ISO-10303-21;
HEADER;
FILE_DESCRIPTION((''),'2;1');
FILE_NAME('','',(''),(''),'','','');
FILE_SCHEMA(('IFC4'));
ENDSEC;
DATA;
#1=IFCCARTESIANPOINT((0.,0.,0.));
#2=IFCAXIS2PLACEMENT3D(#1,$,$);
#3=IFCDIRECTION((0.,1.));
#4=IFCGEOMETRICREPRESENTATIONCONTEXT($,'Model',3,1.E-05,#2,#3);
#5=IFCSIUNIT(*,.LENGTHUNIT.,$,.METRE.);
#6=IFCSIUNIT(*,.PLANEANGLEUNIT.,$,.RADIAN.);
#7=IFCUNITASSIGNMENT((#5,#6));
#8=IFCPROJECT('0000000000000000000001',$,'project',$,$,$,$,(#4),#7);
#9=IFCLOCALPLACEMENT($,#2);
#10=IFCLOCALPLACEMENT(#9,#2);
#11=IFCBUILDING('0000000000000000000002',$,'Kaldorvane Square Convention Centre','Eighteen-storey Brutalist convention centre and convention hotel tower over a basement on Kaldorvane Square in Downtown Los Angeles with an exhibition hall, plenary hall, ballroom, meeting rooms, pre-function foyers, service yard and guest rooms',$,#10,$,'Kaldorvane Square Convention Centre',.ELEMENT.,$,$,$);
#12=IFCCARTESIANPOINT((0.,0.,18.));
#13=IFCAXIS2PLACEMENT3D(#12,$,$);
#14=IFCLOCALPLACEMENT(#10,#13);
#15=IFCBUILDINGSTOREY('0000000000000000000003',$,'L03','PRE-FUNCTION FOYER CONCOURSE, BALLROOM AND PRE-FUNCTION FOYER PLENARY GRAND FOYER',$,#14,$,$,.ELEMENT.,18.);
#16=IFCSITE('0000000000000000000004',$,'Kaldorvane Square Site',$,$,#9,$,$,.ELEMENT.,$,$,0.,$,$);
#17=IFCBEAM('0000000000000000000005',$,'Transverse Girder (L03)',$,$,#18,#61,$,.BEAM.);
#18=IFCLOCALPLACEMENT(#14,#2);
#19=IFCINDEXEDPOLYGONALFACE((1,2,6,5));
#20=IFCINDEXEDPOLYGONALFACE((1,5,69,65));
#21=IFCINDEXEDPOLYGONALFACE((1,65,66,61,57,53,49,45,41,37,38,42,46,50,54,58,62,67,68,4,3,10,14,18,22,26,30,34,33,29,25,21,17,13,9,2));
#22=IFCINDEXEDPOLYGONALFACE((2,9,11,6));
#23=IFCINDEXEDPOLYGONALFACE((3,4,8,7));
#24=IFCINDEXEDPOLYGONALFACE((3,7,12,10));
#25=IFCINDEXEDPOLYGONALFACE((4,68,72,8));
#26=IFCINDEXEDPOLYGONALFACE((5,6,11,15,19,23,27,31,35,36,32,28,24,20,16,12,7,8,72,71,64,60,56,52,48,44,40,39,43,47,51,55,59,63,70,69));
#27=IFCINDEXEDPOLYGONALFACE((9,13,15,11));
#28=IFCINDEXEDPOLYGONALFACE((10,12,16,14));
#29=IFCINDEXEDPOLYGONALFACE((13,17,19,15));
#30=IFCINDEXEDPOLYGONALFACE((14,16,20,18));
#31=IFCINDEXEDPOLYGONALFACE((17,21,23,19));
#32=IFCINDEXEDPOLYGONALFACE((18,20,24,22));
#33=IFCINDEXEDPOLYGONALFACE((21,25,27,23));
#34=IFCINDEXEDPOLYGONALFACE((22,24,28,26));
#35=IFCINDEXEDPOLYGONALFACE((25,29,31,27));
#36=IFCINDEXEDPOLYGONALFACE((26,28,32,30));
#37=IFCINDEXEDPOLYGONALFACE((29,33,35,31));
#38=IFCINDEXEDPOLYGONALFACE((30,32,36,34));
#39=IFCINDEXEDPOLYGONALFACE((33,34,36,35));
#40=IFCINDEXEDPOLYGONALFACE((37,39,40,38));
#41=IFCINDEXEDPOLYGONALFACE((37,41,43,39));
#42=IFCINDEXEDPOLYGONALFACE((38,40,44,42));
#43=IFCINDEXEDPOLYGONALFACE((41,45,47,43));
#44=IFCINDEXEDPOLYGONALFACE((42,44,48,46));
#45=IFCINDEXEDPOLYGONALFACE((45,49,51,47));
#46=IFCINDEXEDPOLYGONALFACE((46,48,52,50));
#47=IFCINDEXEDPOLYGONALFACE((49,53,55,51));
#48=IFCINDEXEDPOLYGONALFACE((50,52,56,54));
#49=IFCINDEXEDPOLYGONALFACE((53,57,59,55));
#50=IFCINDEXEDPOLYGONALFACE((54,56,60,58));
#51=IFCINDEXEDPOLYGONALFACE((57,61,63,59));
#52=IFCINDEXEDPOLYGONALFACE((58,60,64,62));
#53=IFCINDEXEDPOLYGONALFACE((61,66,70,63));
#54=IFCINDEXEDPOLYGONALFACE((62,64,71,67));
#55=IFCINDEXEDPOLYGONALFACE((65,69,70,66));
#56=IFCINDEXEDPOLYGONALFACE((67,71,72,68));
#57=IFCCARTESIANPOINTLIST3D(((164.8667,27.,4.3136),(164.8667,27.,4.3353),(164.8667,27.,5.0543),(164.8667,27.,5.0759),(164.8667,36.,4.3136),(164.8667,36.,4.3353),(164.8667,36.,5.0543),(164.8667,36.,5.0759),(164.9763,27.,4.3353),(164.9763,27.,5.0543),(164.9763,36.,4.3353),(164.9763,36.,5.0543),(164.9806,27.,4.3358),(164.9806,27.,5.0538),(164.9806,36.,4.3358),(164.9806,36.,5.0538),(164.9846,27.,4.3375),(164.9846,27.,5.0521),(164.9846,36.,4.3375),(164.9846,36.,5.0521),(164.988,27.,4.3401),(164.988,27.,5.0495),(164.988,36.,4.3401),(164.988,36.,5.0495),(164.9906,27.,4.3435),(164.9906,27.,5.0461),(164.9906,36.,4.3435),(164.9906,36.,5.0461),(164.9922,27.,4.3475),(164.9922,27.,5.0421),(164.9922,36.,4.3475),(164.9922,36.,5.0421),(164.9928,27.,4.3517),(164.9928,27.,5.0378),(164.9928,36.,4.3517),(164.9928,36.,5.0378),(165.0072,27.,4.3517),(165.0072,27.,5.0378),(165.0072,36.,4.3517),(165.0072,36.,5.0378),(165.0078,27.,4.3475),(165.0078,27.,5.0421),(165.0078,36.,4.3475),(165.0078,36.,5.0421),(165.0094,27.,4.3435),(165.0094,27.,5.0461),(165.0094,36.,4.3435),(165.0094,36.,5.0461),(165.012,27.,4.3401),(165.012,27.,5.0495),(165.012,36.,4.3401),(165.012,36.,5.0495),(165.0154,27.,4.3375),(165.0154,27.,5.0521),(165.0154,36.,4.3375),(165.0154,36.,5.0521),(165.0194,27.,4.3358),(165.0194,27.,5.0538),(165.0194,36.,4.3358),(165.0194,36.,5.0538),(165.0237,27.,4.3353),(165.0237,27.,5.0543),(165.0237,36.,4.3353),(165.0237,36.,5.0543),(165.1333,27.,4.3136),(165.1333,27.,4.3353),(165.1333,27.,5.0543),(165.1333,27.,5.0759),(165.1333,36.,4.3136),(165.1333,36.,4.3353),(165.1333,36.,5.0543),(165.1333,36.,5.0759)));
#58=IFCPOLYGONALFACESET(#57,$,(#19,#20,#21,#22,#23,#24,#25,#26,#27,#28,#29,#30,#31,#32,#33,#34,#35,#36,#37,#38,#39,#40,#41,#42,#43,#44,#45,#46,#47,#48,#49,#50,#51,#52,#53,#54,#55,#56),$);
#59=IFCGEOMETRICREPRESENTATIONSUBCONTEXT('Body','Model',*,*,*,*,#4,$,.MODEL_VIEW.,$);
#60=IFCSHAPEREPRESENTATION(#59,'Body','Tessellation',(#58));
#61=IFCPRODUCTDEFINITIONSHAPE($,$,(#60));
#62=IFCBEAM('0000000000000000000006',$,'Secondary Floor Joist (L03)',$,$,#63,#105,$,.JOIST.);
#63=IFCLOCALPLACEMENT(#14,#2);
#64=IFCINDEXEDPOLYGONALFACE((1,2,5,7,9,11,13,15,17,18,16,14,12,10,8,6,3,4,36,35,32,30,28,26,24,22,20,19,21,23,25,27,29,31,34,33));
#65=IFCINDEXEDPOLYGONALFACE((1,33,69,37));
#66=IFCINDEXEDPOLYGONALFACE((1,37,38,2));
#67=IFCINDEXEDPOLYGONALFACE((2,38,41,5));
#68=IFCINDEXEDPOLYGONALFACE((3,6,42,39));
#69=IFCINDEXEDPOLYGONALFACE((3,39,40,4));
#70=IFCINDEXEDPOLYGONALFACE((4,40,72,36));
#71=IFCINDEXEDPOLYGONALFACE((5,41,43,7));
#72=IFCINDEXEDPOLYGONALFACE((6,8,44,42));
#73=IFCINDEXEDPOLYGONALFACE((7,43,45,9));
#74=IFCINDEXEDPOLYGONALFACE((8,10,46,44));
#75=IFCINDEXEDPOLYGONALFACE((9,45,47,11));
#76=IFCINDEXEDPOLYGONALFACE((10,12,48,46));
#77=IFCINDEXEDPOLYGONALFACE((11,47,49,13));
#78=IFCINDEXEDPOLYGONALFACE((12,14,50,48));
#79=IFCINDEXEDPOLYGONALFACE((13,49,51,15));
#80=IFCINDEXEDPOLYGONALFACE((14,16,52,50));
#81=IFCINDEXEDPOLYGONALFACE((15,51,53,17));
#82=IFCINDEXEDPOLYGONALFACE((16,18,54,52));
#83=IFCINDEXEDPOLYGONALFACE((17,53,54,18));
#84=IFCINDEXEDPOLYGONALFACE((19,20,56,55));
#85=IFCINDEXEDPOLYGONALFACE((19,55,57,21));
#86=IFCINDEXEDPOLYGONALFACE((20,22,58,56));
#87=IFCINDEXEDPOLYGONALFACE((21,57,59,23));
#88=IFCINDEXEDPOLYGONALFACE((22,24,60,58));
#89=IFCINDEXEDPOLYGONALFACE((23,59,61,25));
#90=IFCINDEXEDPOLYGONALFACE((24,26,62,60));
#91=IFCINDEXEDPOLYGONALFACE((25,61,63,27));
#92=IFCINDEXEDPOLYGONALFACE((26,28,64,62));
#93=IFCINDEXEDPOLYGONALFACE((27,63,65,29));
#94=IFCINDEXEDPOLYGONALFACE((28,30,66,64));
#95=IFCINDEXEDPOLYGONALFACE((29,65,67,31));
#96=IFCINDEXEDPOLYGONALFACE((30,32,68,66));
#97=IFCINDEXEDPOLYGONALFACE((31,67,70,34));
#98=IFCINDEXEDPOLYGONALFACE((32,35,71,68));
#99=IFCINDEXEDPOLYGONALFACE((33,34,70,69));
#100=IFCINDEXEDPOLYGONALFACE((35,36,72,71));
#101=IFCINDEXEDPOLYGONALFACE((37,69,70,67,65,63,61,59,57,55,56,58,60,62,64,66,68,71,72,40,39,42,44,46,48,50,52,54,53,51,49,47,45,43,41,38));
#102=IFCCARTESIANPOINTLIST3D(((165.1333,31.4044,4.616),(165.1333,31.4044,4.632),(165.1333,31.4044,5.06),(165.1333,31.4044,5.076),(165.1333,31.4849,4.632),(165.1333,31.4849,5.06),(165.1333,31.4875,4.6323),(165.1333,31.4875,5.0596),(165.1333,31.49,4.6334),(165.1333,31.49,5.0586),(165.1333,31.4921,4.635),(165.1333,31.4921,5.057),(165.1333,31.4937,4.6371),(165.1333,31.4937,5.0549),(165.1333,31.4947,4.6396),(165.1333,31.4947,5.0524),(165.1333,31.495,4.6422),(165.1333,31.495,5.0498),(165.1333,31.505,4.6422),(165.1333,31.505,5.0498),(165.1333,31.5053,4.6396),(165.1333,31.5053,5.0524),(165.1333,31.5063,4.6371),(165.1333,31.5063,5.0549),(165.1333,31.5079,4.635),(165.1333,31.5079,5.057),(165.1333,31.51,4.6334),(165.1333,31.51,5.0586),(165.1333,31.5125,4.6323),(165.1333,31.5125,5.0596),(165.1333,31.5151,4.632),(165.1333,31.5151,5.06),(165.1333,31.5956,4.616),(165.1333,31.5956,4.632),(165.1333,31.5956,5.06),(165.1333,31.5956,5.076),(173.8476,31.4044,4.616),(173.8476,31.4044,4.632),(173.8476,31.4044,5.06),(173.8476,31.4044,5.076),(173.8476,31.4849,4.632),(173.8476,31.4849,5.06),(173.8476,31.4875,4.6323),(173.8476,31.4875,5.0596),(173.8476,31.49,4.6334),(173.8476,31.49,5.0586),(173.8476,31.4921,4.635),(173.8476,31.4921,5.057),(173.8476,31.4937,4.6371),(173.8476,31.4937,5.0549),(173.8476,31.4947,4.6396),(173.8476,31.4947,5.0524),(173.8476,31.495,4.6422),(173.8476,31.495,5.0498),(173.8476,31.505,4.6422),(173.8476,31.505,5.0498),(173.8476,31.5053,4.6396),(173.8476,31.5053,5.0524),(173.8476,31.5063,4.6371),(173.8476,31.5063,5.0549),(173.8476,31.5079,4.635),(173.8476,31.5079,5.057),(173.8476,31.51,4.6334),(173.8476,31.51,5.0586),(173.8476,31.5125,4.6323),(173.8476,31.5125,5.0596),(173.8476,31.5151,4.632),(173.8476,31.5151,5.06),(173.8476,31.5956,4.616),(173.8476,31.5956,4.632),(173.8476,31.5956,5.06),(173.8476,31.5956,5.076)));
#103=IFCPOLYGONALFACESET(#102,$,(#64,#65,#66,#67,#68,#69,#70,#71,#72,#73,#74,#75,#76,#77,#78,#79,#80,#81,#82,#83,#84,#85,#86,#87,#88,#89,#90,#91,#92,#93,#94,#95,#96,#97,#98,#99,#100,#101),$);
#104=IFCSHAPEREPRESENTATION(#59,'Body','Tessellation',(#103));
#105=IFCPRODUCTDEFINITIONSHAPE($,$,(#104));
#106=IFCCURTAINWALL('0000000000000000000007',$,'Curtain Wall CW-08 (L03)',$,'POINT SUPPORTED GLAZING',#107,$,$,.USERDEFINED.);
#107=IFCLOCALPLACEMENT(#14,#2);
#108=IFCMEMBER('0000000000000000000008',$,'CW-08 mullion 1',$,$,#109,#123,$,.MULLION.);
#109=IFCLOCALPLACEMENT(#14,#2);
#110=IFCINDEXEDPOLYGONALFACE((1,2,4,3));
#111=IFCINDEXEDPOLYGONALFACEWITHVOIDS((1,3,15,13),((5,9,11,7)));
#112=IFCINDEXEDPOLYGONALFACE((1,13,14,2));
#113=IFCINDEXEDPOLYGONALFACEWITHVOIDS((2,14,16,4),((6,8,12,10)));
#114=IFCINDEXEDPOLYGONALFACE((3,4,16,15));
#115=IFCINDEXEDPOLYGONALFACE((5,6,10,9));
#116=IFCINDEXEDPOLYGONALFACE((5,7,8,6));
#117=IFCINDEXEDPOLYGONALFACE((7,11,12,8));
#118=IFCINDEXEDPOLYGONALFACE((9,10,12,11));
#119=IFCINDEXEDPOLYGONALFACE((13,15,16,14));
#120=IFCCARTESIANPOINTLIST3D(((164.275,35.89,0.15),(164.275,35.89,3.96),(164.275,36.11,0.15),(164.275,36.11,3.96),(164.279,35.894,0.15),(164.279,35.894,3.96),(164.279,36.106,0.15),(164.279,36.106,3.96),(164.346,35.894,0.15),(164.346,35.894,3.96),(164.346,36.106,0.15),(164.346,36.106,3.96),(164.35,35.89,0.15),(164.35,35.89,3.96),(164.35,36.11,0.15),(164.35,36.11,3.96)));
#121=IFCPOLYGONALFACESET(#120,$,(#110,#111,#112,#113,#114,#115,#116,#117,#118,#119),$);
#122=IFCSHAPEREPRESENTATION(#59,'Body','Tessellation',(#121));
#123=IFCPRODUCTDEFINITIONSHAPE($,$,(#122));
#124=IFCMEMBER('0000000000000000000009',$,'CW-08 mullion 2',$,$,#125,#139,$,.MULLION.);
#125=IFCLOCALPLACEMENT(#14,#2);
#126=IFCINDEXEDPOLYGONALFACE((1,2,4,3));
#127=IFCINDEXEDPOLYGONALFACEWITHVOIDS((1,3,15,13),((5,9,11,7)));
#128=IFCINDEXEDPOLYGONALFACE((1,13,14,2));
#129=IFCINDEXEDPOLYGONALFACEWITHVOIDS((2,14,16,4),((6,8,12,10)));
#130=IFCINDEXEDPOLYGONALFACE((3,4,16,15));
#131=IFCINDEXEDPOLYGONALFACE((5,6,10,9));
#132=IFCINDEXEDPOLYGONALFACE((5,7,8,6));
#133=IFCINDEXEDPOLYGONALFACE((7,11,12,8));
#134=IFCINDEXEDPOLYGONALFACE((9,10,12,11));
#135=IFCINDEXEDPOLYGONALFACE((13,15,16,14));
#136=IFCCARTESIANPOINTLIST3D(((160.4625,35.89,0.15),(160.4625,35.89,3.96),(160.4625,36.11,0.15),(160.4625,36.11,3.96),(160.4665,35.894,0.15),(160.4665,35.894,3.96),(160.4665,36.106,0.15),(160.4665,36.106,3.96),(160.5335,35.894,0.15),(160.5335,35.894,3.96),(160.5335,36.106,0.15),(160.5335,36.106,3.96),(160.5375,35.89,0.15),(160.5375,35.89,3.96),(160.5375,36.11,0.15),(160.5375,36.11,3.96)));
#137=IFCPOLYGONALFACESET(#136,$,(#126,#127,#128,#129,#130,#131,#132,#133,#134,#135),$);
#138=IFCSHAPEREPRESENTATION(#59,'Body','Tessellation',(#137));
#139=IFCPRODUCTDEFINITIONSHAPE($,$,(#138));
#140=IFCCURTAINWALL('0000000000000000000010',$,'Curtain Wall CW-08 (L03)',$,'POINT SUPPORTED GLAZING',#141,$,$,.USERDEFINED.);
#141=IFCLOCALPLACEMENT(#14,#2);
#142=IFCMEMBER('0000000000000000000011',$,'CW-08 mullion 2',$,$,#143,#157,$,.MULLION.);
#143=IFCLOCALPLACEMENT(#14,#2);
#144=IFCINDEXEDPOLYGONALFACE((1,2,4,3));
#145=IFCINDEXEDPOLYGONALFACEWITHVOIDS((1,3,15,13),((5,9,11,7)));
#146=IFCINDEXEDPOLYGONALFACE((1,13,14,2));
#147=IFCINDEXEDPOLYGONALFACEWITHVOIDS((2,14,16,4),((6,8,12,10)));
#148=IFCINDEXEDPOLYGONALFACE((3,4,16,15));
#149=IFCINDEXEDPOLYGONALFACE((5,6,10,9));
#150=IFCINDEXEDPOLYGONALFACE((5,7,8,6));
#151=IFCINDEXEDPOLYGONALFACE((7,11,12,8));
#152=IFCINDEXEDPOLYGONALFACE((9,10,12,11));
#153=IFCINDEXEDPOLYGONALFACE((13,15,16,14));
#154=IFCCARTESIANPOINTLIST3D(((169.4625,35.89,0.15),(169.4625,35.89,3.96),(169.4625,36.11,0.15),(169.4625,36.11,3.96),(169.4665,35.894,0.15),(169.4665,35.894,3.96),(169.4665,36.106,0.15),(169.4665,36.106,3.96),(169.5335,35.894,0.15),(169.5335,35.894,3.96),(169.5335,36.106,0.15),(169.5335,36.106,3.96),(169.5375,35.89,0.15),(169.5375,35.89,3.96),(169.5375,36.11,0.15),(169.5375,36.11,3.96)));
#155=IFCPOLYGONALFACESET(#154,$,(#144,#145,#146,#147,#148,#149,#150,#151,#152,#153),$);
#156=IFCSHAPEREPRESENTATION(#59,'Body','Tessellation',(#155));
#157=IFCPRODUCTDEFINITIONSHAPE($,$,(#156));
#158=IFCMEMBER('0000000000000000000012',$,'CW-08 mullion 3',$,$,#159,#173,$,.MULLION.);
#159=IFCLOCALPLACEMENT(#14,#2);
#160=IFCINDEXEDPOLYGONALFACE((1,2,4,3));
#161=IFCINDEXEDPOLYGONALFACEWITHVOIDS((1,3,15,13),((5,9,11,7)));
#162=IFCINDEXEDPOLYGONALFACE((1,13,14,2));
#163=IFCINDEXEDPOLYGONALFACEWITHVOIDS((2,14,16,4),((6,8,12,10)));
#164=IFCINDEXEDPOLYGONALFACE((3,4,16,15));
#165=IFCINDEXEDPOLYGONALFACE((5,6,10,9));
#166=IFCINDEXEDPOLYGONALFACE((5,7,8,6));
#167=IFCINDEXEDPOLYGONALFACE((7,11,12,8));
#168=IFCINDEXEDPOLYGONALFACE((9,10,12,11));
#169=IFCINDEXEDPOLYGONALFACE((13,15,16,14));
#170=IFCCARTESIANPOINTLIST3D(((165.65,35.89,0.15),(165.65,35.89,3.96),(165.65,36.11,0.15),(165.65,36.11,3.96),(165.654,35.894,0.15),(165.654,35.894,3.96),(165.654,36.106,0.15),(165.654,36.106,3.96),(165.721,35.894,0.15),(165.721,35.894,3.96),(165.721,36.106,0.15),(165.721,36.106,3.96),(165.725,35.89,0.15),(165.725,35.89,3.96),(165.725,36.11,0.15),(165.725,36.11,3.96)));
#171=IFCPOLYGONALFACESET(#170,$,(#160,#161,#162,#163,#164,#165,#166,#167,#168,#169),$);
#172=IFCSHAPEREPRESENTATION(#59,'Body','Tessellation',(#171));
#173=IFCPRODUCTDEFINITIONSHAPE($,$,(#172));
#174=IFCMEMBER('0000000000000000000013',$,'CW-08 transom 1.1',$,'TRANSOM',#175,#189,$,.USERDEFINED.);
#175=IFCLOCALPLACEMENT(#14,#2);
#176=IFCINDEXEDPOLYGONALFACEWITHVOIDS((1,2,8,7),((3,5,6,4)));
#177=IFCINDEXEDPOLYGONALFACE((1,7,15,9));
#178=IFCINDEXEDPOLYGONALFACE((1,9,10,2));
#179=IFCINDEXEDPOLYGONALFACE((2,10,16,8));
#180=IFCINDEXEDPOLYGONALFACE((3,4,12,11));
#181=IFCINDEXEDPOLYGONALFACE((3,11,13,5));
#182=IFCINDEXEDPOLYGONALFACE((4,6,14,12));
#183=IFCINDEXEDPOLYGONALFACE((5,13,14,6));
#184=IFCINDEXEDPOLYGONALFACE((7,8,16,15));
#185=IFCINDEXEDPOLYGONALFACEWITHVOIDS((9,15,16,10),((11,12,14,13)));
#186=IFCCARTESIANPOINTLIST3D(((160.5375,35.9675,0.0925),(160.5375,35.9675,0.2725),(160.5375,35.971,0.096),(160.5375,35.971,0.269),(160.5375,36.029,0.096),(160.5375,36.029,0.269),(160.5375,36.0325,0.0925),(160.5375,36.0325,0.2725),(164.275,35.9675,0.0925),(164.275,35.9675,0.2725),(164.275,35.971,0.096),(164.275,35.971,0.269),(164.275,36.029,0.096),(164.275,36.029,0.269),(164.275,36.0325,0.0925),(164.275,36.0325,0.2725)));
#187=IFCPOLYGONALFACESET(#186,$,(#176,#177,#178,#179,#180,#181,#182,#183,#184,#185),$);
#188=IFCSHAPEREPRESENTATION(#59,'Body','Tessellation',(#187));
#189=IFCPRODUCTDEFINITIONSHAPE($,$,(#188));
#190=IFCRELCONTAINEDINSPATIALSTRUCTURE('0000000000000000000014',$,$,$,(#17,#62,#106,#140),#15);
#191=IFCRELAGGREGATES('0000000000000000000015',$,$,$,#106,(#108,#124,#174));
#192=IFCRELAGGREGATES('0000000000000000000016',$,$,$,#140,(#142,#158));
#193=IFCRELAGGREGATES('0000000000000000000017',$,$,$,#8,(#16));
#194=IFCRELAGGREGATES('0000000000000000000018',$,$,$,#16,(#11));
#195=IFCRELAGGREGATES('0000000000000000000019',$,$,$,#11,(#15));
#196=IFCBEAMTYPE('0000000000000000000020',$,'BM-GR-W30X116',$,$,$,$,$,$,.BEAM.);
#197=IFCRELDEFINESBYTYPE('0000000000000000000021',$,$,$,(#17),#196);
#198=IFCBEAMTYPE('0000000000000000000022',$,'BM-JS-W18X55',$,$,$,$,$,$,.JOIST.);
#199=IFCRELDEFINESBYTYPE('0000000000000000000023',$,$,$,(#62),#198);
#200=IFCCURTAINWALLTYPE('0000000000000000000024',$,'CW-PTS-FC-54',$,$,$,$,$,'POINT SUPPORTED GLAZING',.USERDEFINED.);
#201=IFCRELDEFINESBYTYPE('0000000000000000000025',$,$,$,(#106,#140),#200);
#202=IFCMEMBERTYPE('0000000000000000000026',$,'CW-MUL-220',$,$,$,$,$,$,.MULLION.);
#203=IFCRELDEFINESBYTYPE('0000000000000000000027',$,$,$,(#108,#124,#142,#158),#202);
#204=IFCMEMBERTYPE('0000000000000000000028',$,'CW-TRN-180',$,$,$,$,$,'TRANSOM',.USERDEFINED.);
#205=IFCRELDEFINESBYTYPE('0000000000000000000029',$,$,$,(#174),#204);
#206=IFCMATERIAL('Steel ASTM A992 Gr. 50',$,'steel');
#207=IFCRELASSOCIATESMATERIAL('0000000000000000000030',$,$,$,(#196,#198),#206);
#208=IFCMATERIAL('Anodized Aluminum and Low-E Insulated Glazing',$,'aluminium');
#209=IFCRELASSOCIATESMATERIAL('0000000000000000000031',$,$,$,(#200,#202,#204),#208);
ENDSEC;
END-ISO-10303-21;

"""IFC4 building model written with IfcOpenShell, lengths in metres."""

from ifc_helpers import new_model, si_unit, direction, frame, origin, origin_2d, place, context, subcontext, project, spatial, hollow_rectangle, i_section, extrude, material, material_profile, profile_set, type_object, element, aggregate, save


model = new_model("IFC4")

# Units and contexts
model_context = context("Model", 3, precision=1e-05, world=origin(), true_north=direction((0.0, 1.0)))
body_context = subcontext(model_context, "Body", "Model", "MODEL_VIEW")
ifc_project = project(units=[si_unit("LENGTHUNIT", "METRE"), si_unit("PLANEANGLEUNIT", "RADIAN")], contexts=[model_context])

# Site, building, storey
site_placement = place(None, origin())
site = spatial("IfcSite", under=ifc_project, at=site_placement, Name="Kaldorvane Square Site", CompositionType="ELEMENT", RefElevation=0.0)
building_placement = place(site_placement, origin())
building = spatial("IfcBuilding", under=site, at=building_placement, Name="Kaldorvane Square Convention Centre", Description="Eighteen-storey Brutalist convention centre and convention hotel tower over a basement on Kaldorvane Square in Downtown Los Angeles with an exhibition hall, plenary hall, ballroom, meeting rooms, pre-function foyers, service yard and guest rooms", LongName="Kaldorvane Square Convention Centre", CompositionType="ELEMENT")
storey_placement = place(building_placement, frame((0.0, 0.0, 18.0)))
storey = spatial("IfcBuildingStorey", under=building, at=storey_placement, Name="L03", Description="PRE-FUNCTION FOYER CONCOURSE, BALLROOM AND PRE-FUNCTION FOYER PLENARY GRAND FOYER", CompositionType="ELEMENT", Elevation=18.0)

# Shared definitions
ifc_material_1 = material(Name="Steel ASTM A992 Gr. 50", Category="steel")

# Beams
ifc_material_profile_1 = material_profile(ifc_material_1, i_section(OverallWidth=0.2666, OverallDepth=0.7623, WebThickness=0.0144, FlangeThickness=0.0216, FilletRadius=0.0165, at=origin_2d()), Name="W30X116")
ifc_profile_set_1 = profile_set([ifc_material_profile_1], Name="Steel ASTM A992 Gr. 50")
beam_type_1 = type_object("IfcBeamType", Name="BM-GR-W30X116", PredefinedType="BEAM", material=ifc_profile_set_1)
beam_1_placement = place(storey_placement, frame((165.0, 27.0, 4.6948), z_axis=(0.0, 1.0, 0.0), x_axis=(-1.0, 0.0, 0.0)))
element("IfcBeam", 1, at=beam_1_placement, inside=storey, type_object=beam_type_1, Name="Transverse Girder (L03)", PredefinedType="BEAM", context=body_context, shape_type="SweptSolid", body=[
    extrude(i_section(OverallWidth=0.2666, OverallDepth=0.7623, WebThickness=0.0144, FlangeThickness=0.0216, FilletRadius=0.0165, at=origin_2d()), origin(), (0.0, 0.0, 1.0), 9.0),
])
ifc_material_profile_2 = material_profile(ifc_material_1, i_section(OverallWidth=0.1913, OverallDepth=0.46, WebThickness=0.0099, FlangeThickness=0.016, FilletRadius=0.0102, at=origin_2d()), Name="W18X55")
ifc_profile_set_2 = profile_set([ifc_material_profile_2], Name="Steel ASTM A992 Gr. 50")
beam_type_2 = type_object("IfcBeamType", Name="BM-JS-W18X55", PredefinedType="JOIST", material=ifc_profile_set_2)
beam_2_placement = place(storey_placement, frame((165.1333, 31.5, 4.846), z_axis=(1.0, 0.0, 0.0), x_axis=(0.0, 1.0, 0.0)))
element("IfcBeam", 2, at=beam_2_placement, inside=storey, type_object=beam_type_2, Name="Secondary Floor Joist (L03)", PredefinedType="JOIST", context=body_context, shape_type="SweptSolid", body=[
    extrude(i_section(OverallWidth=0.1913, OverallDepth=0.46, WebThickness=0.0099, FlangeThickness=0.016, FilletRadius=0.0102, at=origin_2d()), origin(), (0.0, 0.0, 1.0), 8.7143),
])

# Curtain walls, members
ifc_material_2 = material(Name="Anodized Aluminum and Low-E Insulated Glazing", Category="aluminium")
curtain_wall_type = type_object("IfcCurtainWallType", Name="CW-PTS-FC-54", ElementType="POINT SUPPORTED GLAZING", PredefinedType="USERDEFINED", material=ifc_material_2)
curtain_wall_1_placement = place(storey_placement, origin())
curtain_wall_1 = element("IfcCurtainWall", 3, at=curtain_wall_1_placement, inside=storey, type_object=curtain_wall_type, Name="Curtain Wall CW-08 (L03)", ObjectType="POINT SUPPORTED GLAZING", PredefinedType="USERDEFINED")
ifc_material_profile_3 = material_profile(ifc_material_2, hollow_rectangle(XDim=0.075, YDim=0.22, WallThickness=0.004, at=origin_2d()), Name="CWM-220X75")
ifc_profile_set_3 = profile_set([ifc_material_profile_3], Name="Anodized Aluminum and Low-E Insulated Glazing")
member_type_1 = type_object("IfcMemberType", Name="CW-MUL-220", PredefinedType="MULLION", material=ifc_profile_set_3)
member_1_placement = place(storey_placement, frame((164.3125, 36.0, 0.15), z_axis=(0.0, 0.0, 1.0), x_axis=(-1.0, 0.0, 0.0)))
member_1 = element("IfcMember", 4, at=member_1_placement, type_object=member_type_1, Name="CW-08 mullion 1", PredefinedType="MULLION", context=body_context, shape_type="SweptSolid", body=[
    extrude(hollow_rectangle(XDim=0.075, YDim=0.22, WallThickness=0.004, at=origin_2d()), origin(), (0.0, 0.0, 1.0), 3.81),
])
member_2_placement = place(storey_placement, frame((160.5, 36.0, 0.15), z_axis=(0.0, 0.0, 1.0), x_axis=(-1.0, 0.0, 0.0)))
member_2 = element("IfcMember", 5, at=member_2_placement, type_object=member_type_1, Name="CW-08 mullion 2", PredefinedType="MULLION", context=body_context, shape_type="SweptSolid", body=[
    extrude(hollow_rectangle(XDim=0.075, YDim=0.22, WallThickness=0.004, at=origin_2d()), origin(), (0.0, 0.0, 1.0), 3.81),
])
curtain_wall_2_placement = place(storey_placement, origin())
curtain_wall_2 = element("IfcCurtainWall", 6, at=curtain_wall_2_placement, inside=storey, type_object=curtain_wall_type, Name="Curtain Wall CW-08 (L03)", ObjectType="POINT SUPPORTED GLAZING", PredefinedType="USERDEFINED")
member_3_placement = place(storey_placement, frame((169.5, 36.0, 0.15), z_axis=(0.0, 0.0, 1.0), x_axis=(-1.0, 0.0, 0.0)))
member_3 = element("IfcMember", 7, at=member_3_placement, type_object=member_type_1, Name="CW-08 mullion 2", PredefinedType="MULLION", context=body_context, shape_type="SweptSolid", body=[
    extrude(hollow_rectangle(XDim=0.075, YDim=0.22, WallThickness=0.004, at=origin_2d()), origin(), (0.0, 0.0, 1.0), 3.81),
])
member_4_placement = place(storey_placement, frame((165.6875, 36.0, 0.15), z_axis=(0.0, 0.0, 1.0), x_axis=(-1.0, 0.0, 0.0)))
member_4 = element("IfcMember", 8, at=member_4_placement, type_object=member_type_1, Name="CW-08 mullion 3", PredefinedType="MULLION", context=body_context, shape_type="SweptSolid", body=[
    extrude(hollow_rectangle(XDim=0.075, YDim=0.22, WallThickness=0.004, at=origin_2d()), origin(), (0.0, 0.0, 1.0), 3.81),
])

# Member
ifc_material_profile_4 = material_profile(ifc_material_2, hollow_rectangle(XDim=0.065, YDim=0.18, WallThickness=0.0035, at=origin_2d()), Name="CWT-180X65")
ifc_profile_set_4 = profile_set([ifc_material_profile_4], Name="Anodized Aluminum and Low-E Insulated Glazing")
member_type_2 = type_object("IfcMemberType", Name="CW-TRN-180", ElementType="TRANSOM", PredefinedType="USERDEFINED", material=ifc_profile_set_4)
member_5_placement = place(storey_placement, frame((164.275, 36.0, 0.1825), z_axis=(-1.0, 0.0, 0.0), x_axis=(0.0, -1.0, 0.0)))
member_5 = element("IfcMember", 9, at=member_5_placement, type_object=member_type_2, Name="CW-08 transom 1.1", ObjectType="TRANSOM", PredefinedType="USERDEFINED", context=body_context, shape_type="SweptSolid", body=[
    extrude(hollow_rectangle(XDim=0.065, YDim=0.18, WallThickness=0.0035, at=origin_2d()), origin(), (0.0, 0.0, 1.0), 3.7375),
])

aggregate(curtain_wall_1, [member_1, member_2, member_5])
aggregate(curtain_wall_2, [member_3, member_4])

save(model, "model.ifc")
